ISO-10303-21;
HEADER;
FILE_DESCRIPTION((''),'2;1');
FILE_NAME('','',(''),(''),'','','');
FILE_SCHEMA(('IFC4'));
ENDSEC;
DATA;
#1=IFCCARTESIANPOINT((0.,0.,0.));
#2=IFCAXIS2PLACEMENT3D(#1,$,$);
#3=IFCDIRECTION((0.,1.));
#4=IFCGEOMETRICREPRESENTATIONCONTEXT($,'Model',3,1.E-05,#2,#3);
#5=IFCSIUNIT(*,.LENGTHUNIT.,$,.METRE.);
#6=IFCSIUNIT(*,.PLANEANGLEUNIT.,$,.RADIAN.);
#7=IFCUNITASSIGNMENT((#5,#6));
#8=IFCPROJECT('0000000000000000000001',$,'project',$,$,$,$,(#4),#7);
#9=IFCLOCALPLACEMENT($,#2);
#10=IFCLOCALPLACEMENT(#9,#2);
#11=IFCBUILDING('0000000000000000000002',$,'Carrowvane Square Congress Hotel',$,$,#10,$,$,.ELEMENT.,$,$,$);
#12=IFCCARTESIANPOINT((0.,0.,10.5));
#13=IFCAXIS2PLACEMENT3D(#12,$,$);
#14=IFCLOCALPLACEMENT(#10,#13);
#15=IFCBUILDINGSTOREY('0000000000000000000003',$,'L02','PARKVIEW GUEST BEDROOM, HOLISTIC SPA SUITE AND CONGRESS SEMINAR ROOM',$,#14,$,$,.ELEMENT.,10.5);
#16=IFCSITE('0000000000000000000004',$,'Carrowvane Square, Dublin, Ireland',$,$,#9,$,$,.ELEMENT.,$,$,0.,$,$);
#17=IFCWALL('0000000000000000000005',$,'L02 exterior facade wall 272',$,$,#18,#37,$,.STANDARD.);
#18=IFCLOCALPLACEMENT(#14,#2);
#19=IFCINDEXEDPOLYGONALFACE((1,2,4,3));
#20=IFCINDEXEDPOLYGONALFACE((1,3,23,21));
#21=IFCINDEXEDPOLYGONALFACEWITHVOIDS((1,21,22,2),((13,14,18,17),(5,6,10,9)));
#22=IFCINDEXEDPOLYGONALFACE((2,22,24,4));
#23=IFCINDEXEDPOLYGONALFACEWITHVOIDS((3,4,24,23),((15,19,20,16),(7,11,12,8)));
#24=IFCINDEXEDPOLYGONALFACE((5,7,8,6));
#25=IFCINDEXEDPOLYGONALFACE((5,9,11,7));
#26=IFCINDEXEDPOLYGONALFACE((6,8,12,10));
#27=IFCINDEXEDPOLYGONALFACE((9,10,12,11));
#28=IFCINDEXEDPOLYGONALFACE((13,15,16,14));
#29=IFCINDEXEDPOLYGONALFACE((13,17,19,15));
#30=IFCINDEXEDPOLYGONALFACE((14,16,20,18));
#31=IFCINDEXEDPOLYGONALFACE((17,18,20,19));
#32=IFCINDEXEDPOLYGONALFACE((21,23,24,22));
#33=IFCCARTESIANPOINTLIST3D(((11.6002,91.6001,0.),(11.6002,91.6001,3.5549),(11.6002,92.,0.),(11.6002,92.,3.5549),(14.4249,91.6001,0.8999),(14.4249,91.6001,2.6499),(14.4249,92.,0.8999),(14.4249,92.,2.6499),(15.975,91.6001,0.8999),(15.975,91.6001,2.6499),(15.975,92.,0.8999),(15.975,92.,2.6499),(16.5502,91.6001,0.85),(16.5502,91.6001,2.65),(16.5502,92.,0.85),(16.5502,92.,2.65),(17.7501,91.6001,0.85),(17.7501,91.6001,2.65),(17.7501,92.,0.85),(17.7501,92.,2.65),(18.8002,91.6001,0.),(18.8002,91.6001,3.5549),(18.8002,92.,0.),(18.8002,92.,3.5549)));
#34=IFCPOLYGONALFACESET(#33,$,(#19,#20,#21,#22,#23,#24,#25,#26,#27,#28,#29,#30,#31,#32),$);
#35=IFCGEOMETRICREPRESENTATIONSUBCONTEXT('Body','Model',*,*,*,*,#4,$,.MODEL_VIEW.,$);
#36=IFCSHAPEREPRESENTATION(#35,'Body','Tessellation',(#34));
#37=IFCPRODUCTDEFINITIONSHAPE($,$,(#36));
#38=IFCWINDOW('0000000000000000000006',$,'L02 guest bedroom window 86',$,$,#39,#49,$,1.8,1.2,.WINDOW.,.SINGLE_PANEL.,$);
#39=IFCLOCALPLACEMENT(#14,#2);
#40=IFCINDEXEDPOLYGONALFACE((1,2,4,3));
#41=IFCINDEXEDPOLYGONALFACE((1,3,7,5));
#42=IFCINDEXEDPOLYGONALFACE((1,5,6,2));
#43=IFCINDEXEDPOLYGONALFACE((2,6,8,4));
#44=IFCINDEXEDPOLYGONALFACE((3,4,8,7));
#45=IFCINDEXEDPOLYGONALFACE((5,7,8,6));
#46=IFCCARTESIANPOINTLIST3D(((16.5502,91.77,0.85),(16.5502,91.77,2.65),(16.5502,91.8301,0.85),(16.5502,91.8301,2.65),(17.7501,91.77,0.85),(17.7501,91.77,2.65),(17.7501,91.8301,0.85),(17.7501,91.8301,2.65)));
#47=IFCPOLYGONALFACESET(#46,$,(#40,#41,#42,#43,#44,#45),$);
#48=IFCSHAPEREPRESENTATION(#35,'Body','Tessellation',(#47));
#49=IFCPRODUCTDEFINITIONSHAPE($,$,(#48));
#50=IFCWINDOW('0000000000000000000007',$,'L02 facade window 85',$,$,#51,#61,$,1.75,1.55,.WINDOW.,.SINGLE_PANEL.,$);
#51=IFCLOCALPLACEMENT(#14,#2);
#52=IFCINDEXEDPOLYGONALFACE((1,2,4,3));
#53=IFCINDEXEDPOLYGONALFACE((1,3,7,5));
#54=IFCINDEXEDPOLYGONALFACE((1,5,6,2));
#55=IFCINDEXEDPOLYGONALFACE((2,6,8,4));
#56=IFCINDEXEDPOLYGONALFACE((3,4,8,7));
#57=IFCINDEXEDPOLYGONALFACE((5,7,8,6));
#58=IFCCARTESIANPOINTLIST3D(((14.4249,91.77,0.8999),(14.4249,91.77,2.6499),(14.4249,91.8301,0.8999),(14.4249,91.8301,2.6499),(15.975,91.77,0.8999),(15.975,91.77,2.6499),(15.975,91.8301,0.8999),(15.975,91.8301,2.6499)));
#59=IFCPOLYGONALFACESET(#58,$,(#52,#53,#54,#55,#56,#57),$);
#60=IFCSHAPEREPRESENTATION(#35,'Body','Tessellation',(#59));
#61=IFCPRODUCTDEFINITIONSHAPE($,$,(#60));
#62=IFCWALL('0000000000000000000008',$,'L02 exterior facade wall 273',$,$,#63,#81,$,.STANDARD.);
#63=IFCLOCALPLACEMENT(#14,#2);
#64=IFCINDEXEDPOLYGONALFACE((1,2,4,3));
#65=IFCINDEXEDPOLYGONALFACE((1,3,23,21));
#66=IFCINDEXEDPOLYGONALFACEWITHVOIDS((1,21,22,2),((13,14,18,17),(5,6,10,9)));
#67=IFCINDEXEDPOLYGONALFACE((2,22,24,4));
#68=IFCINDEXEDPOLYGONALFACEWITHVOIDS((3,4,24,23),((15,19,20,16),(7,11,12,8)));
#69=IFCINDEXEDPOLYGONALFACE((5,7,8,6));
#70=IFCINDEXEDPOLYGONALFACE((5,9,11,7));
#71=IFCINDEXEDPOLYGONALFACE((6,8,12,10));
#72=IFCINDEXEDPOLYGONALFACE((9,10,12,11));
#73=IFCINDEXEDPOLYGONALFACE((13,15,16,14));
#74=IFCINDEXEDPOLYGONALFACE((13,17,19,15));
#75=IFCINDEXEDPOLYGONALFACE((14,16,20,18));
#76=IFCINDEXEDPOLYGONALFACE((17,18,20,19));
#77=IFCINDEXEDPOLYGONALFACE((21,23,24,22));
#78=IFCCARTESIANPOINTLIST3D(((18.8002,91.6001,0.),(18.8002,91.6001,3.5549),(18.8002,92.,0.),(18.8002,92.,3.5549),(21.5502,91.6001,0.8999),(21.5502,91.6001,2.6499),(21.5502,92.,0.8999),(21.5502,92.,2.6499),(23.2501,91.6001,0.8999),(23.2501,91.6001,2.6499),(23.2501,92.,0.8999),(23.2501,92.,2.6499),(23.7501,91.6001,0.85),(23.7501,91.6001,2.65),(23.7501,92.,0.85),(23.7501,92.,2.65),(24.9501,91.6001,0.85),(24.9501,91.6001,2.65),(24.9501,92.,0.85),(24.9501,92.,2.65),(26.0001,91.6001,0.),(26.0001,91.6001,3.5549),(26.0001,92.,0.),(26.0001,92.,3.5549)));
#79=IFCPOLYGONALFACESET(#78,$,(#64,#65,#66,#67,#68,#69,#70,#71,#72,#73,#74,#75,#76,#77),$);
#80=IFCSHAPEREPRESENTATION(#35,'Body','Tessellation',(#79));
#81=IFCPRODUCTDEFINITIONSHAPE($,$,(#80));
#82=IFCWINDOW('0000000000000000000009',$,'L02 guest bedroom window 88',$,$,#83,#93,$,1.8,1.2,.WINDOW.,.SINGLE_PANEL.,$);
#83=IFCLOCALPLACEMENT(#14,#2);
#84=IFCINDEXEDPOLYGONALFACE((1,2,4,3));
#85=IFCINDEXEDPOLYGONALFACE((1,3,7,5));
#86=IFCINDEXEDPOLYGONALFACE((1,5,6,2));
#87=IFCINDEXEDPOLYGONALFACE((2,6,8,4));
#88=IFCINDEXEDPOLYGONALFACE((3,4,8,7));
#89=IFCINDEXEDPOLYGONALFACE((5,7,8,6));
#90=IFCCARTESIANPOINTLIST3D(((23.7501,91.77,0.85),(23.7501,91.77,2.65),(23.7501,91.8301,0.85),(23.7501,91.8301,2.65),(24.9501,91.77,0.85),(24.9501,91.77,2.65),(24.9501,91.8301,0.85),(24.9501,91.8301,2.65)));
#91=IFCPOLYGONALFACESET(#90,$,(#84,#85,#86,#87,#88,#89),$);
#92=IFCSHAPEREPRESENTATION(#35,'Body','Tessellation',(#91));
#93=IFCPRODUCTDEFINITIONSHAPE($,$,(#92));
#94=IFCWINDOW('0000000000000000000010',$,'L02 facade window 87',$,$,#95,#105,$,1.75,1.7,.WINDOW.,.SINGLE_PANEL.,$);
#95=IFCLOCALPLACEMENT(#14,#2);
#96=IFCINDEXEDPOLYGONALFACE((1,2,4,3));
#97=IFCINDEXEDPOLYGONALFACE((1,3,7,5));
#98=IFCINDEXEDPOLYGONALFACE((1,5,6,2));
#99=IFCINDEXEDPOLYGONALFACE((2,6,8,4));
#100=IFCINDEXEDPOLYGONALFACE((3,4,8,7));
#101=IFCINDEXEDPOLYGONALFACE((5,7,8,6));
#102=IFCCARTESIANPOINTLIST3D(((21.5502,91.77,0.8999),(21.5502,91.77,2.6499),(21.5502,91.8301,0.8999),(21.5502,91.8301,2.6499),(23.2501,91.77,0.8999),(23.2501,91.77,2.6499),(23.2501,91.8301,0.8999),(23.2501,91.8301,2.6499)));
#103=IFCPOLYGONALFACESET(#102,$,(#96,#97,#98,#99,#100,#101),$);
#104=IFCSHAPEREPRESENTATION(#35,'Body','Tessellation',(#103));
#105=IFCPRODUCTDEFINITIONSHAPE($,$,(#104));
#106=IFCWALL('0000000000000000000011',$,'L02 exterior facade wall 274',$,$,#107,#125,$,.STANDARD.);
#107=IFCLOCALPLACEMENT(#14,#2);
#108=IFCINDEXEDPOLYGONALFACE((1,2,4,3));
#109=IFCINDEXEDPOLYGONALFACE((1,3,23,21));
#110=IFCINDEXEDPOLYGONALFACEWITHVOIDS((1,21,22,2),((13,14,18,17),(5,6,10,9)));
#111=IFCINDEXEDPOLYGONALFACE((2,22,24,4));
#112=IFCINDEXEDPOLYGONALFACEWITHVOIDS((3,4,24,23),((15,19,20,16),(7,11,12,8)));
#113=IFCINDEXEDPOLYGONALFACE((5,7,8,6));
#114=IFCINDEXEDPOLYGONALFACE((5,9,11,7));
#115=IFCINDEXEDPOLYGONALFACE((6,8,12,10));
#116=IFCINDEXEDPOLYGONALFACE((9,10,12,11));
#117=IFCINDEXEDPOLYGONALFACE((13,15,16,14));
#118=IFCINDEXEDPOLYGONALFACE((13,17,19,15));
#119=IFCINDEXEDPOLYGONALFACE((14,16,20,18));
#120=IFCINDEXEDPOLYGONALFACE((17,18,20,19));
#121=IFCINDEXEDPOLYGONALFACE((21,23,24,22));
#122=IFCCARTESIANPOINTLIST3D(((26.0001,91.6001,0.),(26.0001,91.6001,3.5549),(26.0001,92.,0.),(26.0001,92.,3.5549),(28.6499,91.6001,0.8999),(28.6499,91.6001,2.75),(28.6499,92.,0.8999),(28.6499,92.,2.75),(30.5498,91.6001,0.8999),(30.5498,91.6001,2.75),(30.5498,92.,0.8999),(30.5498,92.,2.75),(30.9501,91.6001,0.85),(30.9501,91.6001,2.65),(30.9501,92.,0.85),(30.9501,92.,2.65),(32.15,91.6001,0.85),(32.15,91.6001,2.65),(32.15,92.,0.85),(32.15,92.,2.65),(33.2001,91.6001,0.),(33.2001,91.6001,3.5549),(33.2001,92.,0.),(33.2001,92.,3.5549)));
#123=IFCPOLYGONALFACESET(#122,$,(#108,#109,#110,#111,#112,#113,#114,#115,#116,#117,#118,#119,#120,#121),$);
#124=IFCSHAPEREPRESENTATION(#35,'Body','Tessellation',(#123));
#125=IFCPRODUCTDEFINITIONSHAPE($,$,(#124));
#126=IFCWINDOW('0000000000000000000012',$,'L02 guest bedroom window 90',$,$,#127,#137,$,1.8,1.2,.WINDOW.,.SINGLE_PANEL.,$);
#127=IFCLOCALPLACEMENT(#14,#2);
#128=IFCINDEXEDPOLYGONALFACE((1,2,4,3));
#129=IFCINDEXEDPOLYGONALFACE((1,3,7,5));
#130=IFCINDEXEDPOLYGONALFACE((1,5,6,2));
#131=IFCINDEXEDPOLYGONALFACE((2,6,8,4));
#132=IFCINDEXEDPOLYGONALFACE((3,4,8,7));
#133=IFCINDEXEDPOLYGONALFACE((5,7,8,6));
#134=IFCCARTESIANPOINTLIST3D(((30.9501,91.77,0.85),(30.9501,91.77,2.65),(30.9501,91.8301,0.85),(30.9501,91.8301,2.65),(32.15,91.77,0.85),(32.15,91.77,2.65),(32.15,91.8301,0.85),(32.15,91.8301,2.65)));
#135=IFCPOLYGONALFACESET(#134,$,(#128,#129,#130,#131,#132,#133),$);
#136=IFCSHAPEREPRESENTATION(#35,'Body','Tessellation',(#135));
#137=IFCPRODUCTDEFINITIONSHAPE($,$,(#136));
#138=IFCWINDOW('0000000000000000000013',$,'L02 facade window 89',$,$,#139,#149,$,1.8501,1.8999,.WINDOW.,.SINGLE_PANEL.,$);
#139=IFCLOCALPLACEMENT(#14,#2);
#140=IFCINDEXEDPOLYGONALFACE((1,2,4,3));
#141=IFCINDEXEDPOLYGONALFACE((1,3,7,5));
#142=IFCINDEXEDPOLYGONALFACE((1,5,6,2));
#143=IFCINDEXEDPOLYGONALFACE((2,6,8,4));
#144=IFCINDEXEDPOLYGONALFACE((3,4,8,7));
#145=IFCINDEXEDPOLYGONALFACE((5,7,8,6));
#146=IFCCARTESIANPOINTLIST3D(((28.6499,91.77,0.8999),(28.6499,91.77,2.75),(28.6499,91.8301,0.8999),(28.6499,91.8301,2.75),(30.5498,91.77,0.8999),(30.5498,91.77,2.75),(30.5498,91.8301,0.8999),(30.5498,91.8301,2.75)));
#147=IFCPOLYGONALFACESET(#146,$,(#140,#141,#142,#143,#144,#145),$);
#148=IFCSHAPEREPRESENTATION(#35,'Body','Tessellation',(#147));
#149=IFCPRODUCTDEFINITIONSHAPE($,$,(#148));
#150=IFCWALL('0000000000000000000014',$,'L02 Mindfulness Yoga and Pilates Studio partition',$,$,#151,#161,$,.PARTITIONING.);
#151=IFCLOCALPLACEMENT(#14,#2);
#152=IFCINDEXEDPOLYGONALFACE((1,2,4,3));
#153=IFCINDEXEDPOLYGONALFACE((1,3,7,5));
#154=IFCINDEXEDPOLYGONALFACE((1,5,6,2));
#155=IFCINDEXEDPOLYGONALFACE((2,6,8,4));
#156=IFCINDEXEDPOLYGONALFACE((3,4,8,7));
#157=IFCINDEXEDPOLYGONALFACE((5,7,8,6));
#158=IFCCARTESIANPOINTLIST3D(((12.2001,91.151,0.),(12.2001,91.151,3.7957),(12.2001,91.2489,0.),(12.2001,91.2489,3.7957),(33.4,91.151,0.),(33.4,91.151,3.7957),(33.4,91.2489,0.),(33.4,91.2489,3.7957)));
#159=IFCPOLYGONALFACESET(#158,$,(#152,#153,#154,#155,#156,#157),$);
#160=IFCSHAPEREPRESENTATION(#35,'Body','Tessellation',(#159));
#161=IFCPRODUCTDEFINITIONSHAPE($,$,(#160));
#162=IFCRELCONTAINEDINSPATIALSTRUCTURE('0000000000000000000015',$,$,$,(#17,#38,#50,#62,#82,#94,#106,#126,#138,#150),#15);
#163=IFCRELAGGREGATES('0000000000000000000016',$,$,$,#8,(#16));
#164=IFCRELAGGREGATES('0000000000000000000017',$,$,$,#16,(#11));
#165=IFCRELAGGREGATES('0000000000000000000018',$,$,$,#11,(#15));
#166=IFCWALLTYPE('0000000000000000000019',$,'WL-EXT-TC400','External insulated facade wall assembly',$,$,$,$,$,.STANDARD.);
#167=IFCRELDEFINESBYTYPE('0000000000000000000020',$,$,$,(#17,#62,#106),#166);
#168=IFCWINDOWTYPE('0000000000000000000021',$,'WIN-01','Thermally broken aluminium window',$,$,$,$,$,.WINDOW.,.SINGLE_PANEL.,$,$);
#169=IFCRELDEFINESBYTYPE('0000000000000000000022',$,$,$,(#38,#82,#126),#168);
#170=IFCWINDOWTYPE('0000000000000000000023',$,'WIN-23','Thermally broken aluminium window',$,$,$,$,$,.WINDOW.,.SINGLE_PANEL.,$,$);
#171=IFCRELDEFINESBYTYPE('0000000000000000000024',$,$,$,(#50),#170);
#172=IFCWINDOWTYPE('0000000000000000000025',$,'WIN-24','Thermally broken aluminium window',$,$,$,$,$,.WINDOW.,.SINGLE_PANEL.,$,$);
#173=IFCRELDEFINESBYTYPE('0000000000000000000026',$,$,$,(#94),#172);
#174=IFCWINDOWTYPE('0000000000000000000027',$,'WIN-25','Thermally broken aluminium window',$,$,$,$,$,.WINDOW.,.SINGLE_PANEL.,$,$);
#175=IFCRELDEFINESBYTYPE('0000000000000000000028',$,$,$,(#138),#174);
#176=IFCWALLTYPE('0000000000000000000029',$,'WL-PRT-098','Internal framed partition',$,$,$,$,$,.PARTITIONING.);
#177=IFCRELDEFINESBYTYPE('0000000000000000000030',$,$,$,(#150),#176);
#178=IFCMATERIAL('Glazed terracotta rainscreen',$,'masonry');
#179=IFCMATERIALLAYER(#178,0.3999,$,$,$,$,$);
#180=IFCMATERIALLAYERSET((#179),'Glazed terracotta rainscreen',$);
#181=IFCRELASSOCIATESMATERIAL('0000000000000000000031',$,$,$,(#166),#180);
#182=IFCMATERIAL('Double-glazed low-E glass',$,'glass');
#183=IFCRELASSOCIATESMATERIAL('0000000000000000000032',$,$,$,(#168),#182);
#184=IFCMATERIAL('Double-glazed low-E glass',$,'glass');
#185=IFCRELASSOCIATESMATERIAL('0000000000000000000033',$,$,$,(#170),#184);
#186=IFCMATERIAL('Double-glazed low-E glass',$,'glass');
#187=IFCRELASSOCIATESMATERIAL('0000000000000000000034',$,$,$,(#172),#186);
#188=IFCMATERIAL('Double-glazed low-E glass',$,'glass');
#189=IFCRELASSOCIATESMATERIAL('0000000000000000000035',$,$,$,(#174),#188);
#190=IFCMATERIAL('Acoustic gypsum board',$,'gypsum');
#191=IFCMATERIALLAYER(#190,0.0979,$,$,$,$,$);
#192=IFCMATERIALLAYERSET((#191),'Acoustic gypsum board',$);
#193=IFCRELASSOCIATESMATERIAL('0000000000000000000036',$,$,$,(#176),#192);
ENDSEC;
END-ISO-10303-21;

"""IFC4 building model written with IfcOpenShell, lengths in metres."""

from ifc_helpers import new_model, si_unit, direction, frame, frame_2d, origin, place, context, subcontext, project, spatial, rectangle, extrude, material, layer, layer_set, type_object, element, fill, save


model = new_model("IFC4")

# Units and contexts
model_context = context("Model", 3, precision=1e-05, world=origin(), true_north=direction((0.0, 1.0)))
body_context = subcontext(model_context, "Body", "Model", "MODEL_VIEW")
ifc_project = project(units=[si_unit("LENGTHUNIT", "METRE"), si_unit("PLANEANGLEUNIT", "RADIAN")], contexts=[model_context])

# Site, building, storey
site_placement = place(None, origin())
site = spatial("IfcSite", under=ifc_project, at=site_placement, Name="Carrowvane Square, Dublin, Ireland", CompositionType="ELEMENT", RefElevation=0.0)
building_placement = place(site_placement, origin())
building = spatial("IfcBuilding", under=site, at=building_placement, Name="Carrowvane Square Congress Hotel", CompositionType="ELEMENT")
storey_placement = place(building_placement, frame((0.0, 0.0, 10.5)))
storey = spatial("IfcBuildingStorey", under=building, at=storey_placement, Name="L02", Description="PARKVIEW GUEST BEDROOM, HOLISTIC SPA SUITE AND CONGRESS SEMINAR ROOM", CompositionType="ELEMENT", Elevation=10.5)

# Walls, openings, windows
ifc_material_1 = material(Name="Glazed terracotta rainscreen", Category="masonry")
ifc_layer_1 = layer(ifc_material_1, 0.3999)
ifc_layer_set_1 = layer_set([ifc_layer_1], Name="Glazed terracotta rainscreen")
wall_type_1 = type_object("IfcWallType", Name="WL-EXT-TC400", Description="External insulated facade wall assembly", PredefinedType="STANDARD", material=ifc_layer_set_1)
wall_1_placement = place(storey_placement, frame((11.6001, 91.8, 0.0), z_axis=(0.0, 0.0, 1.0), x_axis=(1.0, 0.0, 0.0)))
wall_1 = element("IfcWall", 1, at=wall_1_placement, inside=storey, type_object=wall_type_1, Name="L02 exterior facade wall 272", PredefinedType="STANDARD", context=body_context, shape_type="SweptSolid", body=[
    extrude(rectangle(XDim=7.2, YDim=0.3999, at=frame_2d((3.6001, 0.0))), origin(), (0.0, 0.0, 1.0), 3.5549),
])
opening_1_placement = place(wall_1_placement, frame((2.825, 0.0, 0.8999)))
opening_1 = element("IfcOpeningElement", 2, at=opening_1_placement, cuts=wall_1, PredefinedType="OPENING", context=body_context, shape_type="SweptSolid", body=[
    extrude(rectangle(XDim=1.55, YDim=1.75, at=frame_2d((0.7749, 0.875))), frame((0.0, 0.21, 0.0), z_axis=(0.0, -1.0, 0.0), x_axis=(1.0, 0.0, 0.0)), (0.0, 0.0, 1.0), 0.4199),
])
opening_2_placement = place(wall_1_placement, frame((4.95, 0.0, 0.8501)))
opening_2 = element("IfcOpeningElement", 3, at=opening_2_placement, cuts=wall_1, PredefinedType="OPENING", context=body_context, shape_type="SweptSolid", body=[
    extrude(rectangle(XDim=1.2, YDim=1.8, at=frame_2d((0.6001, 0.8999))), frame((0.0, 0.21, 0.0), z_axis=(0.0, -1.0, 0.0), x_axis=(1.0, 0.0, 0.0)), (0.0, 0.0, 1.0), 0.4199),
])
ifc_material_2 = material(Name="Double-glazed low-E glass", Category="glass")
window_type_1 = type_object("IfcWindowType", Name="WIN-01", Description="Thermally broken aluminium window", PartitioningType="SINGLE_PANEL", PredefinedType="WINDOW", material=ifc_material_2)
window_1_placement = place(opening_2_placement, origin())
window_1 = element("IfcWindow", 4, at=window_1_placement, inside=storey, type_object=window_type_1, Name="L02 guest bedroom window 86", OverallHeight=1.8, OverallWidth=1.2, PartitioningType="SINGLE_PANEL", PredefinedType="WINDOW", context=body_context, shape_type="SweptSolid", body=[
    extrude(rectangle(XDim=1.2, YDim=1.8, at=frame_2d((0.6001, 0.8999))), frame((0.0, 0.03, 0.0), z_axis=(0.0, -1.0, 0.0), x_axis=(1.0, 0.0, 0.0)), (0.0, 0.0, 1.0), 0.0601),
])
fill(opening_2, window_1)
ifc_material_3 = material(Name="Double-glazed low-E glass", Category="glass")
window_type_2 = type_object("IfcWindowType", Name="WIN-23", Description="Thermally broken aluminium window", PartitioningType="SINGLE_PANEL", PredefinedType="WINDOW", material=ifc_material_3)
window_2_placement = place(opening_1_placement, origin())
window_2 = element("IfcWindow", 5, at=window_2_placement, inside=storey, type_object=window_type_2, Name="L02 facade window 85", OverallHeight=1.75, OverallWidth=1.55, PartitioningType="SINGLE_PANEL", PredefinedType="WINDOW", context=body_context, shape_type="SweptSolid", body=[
    extrude(rectangle(XDim=1.55, YDim=1.75, at=frame_2d((0.7749, 0.875))), frame((0.0, 0.03, 0.0), z_axis=(0.0, -1.0, 0.0), x_axis=(1.0, 0.0, 0.0)), (0.0, 0.0, 1.0), 0.0601),
])
fill(opening_1, window_2)
wall_2_placement = place(storey_placement, frame((18.8, 91.8, 0.0), z_axis=(0.0, 0.0, 1.0), x_axis=(1.0, 0.0, 0.0)))
wall_2 = element("IfcWall", 6, at=wall_2_placement, inside=storey, type_object=wall_type_1, Name="L02 exterior facade wall 273", PredefinedType="STANDARD", context=body_context, shape_type="SweptSolid", body=[
    extrude(rectangle(XDim=7.2, YDim=0.3999, at=frame_2d((3.6001, 0.0))), origin(), (0.0, 0.0, 1.0), 3.5549),
])
opening_3_placement = place(wall_2_placement, frame((2.75, 0.0, 0.8999)))
opening_3 = element("IfcOpeningElement", 7, at=opening_3_placement, cuts=wall_2, PredefinedType="OPENING", context=body_context, shape_type="SweptSolid", body=[
    extrude(rectangle(XDim=1.7, YDim=1.75, at=frame_2d((0.8501, 0.875))), frame((0.0, 0.21, 0.0), z_axis=(0.0, -1.0, 0.0), x_axis=(1.0, 0.0, 0.0)), (0.0, 0.0, 1.0), 0.4199),
])
opening_4_placement = place(wall_2_placement, frame((4.95, 0.0, 0.8501)))
opening_4 = element("IfcOpeningElement", 8, at=opening_4_placement, cuts=wall_2, PredefinedType="OPENING", context=body_context, shape_type="SweptSolid", body=[
    extrude(rectangle(XDim=1.2, YDim=1.8, at=frame_2d((0.6001, 0.8999))), frame((0.0, 0.21, 0.0), z_axis=(0.0, -1.0, 0.0), x_axis=(1.0, 0.0, 0.0)), (0.0, 0.0, 1.0), 0.4199),
])
window_3_placement = place(opening_4_placement, origin())
window_3 = element("IfcWindow", 9, at=window_3_placement, inside=storey, type_object=window_type_1, Name="L02 guest bedroom window 88", OverallHeight=1.8, OverallWidth=1.2, PartitioningType="SINGLE_PANEL", PredefinedType="WINDOW", context=body_context, shape_type="SweptSolid", body=[
    extrude(rectangle(XDim=1.2, YDim=1.8, at=frame_2d((0.6001, 0.8999))), frame((0.0, 0.03, 0.0), z_axis=(0.0, -1.0, 0.0), x_axis=(1.0, 0.0, 0.0)), (0.0, 0.0, 1.0), 0.0601),
])
fill(opening_4, window_3)
ifc_material_4 = material(Name="Double-glazed low-E glass", Category="glass")
window_type_3 = type_object("IfcWindowType", Name="WIN-24", Description="Thermally broken aluminium window", PartitioningType="SINGLE_PANEL", PredefinedType="WINDOW", material=ifc_material_4)
window_4_placement = place(opening_3_placement, origin())
window_4 = element("IfcWindow", 10, at=window_4_placement, inside=storey, type_object=window_type_3, Name="L02 facade window 87", OverallHeight=1.75, OverallWidth=1.7, PartitioningType="SINGLE_PANEL", PredefinedType="WINDOW", context=body_context, shape_type="SweptSolid", body=[
    extrude(rectangle(XDim=1.7, YDim=1.75, at=frame_2d((0.8501, 0.875))), frame((0.0, 0.03, 0.0), z_axis=(0.0, -1.0, 0.0), x_axis=(1.0, 0.0, 0.0)), (0.0, 0.0, 1.0), 0.0601),
])
fill(opening_3, window_4)
wall_3_placement = place(storey_placement, frame((26.0, 91.8, 0.0), z_axis=(0.0, 0.0, 1.0), x_axis=(1.0, 0.0, 0.0)))
wall_3 = element("IfcWall", 11, at=wall_3_placement, inside=storey, type_object=wall_type_1, Name="L02 exterior facade wall 274", PredefinedType="STANDARD", context=body_context, shape_type="SweptSolid", body=[
    extrude(rectangle(XDim=7.2, YDim=0.3999, at=frame_2d((3.6001, 0.0))), origin(), (0.0, 0.0, 1.0), 3.5549),
])
opening_5_placement = place(wall_3_placement, frame((2.6499, 0.0, 0.8999)))
opening_5 = element("IfcOpeningElement", 12, at=opening_5_placement, cuts=wall_3, PredefinedType="OPENING", context=body_context, shape_type="SweptSolid", body=[
    extrude(rectangle(XDim=1.8999, YDim=1.8501, at=frame_2d((0.95, 0.925))), frame((0.0, 0.21, 0.0), z_axis=(0.0, -1.0, 0.0), x_axis=(1.0, 0.0, 0.0)), (0.0, 0.0, 1.0), 0.4199),
])
opening_6_placement = place(wall_3_placement, frame((4.95, 0.0, 0.8501)))
opening_6 = element("IfcOpeningElement", 13, at=opening_6_placement, cuts=wall_3, PredefinedType="OPENING", context=body_context, shape_type="SweptSolid", body=[
    extrude(rectangle(XDim=1.2, YDim=1.8, at=frame_2d((0.6001, 0.8999))), frame((0.0, 0.21, 0.0), z_axis=(0.0, -1.0, 0.0), x_axis=(1.0, 0.0, 0.0)), (0.0, 0.0, 1.0), 0.4199),
])
window_5_placement = place(opening_6_placement, origin())
window_5 = element("IfcWindow", 14, at=window_5_placement, inside=storey, type_object=window_type_1, Name="L02 guest bedroom window 90", OverallHeight=1.8, OverallWidth=1.2, PartitioningType="SINGLE_PANEL", PredefinedType="WINDOW", context=body_context, shape_type="SweptSolid", body=[
    extrude(rectangle(XDim=1.2, YDim=1.8, at=frame_2d((0.6001, 0.8999))), frame((0.0, 0.03, 0.0), z_axis=(0.0, -1.0, 0.0), x_axis=(1.0, 0.0, 0.0)), (0.0, 0.0, 1.0), 0.0601),
])
fill(opening_6, window_5)
ifc_material_5 = material(Name="Double-glazed low-E glass", Category="glass")
window_type_4 = type_object("IfcWindowType", Name="WIN-25", Description="Thermally broken aluminium window", PartitioningType="SINGLE_PANEL", PredefinedType="WINDOW", material=ifc_material_5)
window_6_placement = place(opening_5_placement, origin())
window_6 = element("IfcWindow", 15, at=window_6_placement, inside=storey, type_object=window_type_4, Name="L02 facade window 89", OverallHeight=1.8501, OverallWidth=1.8999, PartitioningType="SINGLE_PANEL", PredefinedType="WINDOW", context=body_context, shape_type="SweptSolid", body=[
    extrude(rectangle(XDim=1.8999, YDim=1.8501, at=frame_2d((0.95, 0.925))), frame((0.0, 0.03, 0.0), z_axis=(0.0, -1.0, 0.0), x_axis=(1.0, 0.0, 0.0)), (0.0, 0.0, 1.0), 0.0601),
])
fill(opening_5, window_6)

# Wall
ifc_material_6 = material(Name="Acoustic gypsum board", Category="gypsum")
ifc_layer_2 = layer(ifc_material_6, 0.0979)
ifc_layer_set_2 = layer_set([ifc_layer_2], Name="Acoustic gypsum board")
wall_type_2 = type_object("IfcWallType", Name="WL-PRT-098", Description="Internal framed partition", PredefinedType="PARTITIONING", material=ifc_layer_set_2)
wall_4_placement = place(storey_placement, frame((12.2, 91.2, 0.0), z_axis=(0.0, 0.0, 1.0), x_axis=(1.0, 0.0, 0.0)))
element("IfcWall", 16, at=wall_4_placement, inside=storey, type_object=wall_type_2, Name="L02 Mindfulness Yoga and Pilates Studio partition", PredefinedType="PARTITIONING", context=body_context, shape_type="SweptSolid", body=[
    extrude(rectangle(XDim=21.2, YDim=0.0979, at=frame_2d((10.6001, 0.0))), origin(), (0.0, 0.0, 1.0), 3.7957),
])

save(model, "model.ifc")
